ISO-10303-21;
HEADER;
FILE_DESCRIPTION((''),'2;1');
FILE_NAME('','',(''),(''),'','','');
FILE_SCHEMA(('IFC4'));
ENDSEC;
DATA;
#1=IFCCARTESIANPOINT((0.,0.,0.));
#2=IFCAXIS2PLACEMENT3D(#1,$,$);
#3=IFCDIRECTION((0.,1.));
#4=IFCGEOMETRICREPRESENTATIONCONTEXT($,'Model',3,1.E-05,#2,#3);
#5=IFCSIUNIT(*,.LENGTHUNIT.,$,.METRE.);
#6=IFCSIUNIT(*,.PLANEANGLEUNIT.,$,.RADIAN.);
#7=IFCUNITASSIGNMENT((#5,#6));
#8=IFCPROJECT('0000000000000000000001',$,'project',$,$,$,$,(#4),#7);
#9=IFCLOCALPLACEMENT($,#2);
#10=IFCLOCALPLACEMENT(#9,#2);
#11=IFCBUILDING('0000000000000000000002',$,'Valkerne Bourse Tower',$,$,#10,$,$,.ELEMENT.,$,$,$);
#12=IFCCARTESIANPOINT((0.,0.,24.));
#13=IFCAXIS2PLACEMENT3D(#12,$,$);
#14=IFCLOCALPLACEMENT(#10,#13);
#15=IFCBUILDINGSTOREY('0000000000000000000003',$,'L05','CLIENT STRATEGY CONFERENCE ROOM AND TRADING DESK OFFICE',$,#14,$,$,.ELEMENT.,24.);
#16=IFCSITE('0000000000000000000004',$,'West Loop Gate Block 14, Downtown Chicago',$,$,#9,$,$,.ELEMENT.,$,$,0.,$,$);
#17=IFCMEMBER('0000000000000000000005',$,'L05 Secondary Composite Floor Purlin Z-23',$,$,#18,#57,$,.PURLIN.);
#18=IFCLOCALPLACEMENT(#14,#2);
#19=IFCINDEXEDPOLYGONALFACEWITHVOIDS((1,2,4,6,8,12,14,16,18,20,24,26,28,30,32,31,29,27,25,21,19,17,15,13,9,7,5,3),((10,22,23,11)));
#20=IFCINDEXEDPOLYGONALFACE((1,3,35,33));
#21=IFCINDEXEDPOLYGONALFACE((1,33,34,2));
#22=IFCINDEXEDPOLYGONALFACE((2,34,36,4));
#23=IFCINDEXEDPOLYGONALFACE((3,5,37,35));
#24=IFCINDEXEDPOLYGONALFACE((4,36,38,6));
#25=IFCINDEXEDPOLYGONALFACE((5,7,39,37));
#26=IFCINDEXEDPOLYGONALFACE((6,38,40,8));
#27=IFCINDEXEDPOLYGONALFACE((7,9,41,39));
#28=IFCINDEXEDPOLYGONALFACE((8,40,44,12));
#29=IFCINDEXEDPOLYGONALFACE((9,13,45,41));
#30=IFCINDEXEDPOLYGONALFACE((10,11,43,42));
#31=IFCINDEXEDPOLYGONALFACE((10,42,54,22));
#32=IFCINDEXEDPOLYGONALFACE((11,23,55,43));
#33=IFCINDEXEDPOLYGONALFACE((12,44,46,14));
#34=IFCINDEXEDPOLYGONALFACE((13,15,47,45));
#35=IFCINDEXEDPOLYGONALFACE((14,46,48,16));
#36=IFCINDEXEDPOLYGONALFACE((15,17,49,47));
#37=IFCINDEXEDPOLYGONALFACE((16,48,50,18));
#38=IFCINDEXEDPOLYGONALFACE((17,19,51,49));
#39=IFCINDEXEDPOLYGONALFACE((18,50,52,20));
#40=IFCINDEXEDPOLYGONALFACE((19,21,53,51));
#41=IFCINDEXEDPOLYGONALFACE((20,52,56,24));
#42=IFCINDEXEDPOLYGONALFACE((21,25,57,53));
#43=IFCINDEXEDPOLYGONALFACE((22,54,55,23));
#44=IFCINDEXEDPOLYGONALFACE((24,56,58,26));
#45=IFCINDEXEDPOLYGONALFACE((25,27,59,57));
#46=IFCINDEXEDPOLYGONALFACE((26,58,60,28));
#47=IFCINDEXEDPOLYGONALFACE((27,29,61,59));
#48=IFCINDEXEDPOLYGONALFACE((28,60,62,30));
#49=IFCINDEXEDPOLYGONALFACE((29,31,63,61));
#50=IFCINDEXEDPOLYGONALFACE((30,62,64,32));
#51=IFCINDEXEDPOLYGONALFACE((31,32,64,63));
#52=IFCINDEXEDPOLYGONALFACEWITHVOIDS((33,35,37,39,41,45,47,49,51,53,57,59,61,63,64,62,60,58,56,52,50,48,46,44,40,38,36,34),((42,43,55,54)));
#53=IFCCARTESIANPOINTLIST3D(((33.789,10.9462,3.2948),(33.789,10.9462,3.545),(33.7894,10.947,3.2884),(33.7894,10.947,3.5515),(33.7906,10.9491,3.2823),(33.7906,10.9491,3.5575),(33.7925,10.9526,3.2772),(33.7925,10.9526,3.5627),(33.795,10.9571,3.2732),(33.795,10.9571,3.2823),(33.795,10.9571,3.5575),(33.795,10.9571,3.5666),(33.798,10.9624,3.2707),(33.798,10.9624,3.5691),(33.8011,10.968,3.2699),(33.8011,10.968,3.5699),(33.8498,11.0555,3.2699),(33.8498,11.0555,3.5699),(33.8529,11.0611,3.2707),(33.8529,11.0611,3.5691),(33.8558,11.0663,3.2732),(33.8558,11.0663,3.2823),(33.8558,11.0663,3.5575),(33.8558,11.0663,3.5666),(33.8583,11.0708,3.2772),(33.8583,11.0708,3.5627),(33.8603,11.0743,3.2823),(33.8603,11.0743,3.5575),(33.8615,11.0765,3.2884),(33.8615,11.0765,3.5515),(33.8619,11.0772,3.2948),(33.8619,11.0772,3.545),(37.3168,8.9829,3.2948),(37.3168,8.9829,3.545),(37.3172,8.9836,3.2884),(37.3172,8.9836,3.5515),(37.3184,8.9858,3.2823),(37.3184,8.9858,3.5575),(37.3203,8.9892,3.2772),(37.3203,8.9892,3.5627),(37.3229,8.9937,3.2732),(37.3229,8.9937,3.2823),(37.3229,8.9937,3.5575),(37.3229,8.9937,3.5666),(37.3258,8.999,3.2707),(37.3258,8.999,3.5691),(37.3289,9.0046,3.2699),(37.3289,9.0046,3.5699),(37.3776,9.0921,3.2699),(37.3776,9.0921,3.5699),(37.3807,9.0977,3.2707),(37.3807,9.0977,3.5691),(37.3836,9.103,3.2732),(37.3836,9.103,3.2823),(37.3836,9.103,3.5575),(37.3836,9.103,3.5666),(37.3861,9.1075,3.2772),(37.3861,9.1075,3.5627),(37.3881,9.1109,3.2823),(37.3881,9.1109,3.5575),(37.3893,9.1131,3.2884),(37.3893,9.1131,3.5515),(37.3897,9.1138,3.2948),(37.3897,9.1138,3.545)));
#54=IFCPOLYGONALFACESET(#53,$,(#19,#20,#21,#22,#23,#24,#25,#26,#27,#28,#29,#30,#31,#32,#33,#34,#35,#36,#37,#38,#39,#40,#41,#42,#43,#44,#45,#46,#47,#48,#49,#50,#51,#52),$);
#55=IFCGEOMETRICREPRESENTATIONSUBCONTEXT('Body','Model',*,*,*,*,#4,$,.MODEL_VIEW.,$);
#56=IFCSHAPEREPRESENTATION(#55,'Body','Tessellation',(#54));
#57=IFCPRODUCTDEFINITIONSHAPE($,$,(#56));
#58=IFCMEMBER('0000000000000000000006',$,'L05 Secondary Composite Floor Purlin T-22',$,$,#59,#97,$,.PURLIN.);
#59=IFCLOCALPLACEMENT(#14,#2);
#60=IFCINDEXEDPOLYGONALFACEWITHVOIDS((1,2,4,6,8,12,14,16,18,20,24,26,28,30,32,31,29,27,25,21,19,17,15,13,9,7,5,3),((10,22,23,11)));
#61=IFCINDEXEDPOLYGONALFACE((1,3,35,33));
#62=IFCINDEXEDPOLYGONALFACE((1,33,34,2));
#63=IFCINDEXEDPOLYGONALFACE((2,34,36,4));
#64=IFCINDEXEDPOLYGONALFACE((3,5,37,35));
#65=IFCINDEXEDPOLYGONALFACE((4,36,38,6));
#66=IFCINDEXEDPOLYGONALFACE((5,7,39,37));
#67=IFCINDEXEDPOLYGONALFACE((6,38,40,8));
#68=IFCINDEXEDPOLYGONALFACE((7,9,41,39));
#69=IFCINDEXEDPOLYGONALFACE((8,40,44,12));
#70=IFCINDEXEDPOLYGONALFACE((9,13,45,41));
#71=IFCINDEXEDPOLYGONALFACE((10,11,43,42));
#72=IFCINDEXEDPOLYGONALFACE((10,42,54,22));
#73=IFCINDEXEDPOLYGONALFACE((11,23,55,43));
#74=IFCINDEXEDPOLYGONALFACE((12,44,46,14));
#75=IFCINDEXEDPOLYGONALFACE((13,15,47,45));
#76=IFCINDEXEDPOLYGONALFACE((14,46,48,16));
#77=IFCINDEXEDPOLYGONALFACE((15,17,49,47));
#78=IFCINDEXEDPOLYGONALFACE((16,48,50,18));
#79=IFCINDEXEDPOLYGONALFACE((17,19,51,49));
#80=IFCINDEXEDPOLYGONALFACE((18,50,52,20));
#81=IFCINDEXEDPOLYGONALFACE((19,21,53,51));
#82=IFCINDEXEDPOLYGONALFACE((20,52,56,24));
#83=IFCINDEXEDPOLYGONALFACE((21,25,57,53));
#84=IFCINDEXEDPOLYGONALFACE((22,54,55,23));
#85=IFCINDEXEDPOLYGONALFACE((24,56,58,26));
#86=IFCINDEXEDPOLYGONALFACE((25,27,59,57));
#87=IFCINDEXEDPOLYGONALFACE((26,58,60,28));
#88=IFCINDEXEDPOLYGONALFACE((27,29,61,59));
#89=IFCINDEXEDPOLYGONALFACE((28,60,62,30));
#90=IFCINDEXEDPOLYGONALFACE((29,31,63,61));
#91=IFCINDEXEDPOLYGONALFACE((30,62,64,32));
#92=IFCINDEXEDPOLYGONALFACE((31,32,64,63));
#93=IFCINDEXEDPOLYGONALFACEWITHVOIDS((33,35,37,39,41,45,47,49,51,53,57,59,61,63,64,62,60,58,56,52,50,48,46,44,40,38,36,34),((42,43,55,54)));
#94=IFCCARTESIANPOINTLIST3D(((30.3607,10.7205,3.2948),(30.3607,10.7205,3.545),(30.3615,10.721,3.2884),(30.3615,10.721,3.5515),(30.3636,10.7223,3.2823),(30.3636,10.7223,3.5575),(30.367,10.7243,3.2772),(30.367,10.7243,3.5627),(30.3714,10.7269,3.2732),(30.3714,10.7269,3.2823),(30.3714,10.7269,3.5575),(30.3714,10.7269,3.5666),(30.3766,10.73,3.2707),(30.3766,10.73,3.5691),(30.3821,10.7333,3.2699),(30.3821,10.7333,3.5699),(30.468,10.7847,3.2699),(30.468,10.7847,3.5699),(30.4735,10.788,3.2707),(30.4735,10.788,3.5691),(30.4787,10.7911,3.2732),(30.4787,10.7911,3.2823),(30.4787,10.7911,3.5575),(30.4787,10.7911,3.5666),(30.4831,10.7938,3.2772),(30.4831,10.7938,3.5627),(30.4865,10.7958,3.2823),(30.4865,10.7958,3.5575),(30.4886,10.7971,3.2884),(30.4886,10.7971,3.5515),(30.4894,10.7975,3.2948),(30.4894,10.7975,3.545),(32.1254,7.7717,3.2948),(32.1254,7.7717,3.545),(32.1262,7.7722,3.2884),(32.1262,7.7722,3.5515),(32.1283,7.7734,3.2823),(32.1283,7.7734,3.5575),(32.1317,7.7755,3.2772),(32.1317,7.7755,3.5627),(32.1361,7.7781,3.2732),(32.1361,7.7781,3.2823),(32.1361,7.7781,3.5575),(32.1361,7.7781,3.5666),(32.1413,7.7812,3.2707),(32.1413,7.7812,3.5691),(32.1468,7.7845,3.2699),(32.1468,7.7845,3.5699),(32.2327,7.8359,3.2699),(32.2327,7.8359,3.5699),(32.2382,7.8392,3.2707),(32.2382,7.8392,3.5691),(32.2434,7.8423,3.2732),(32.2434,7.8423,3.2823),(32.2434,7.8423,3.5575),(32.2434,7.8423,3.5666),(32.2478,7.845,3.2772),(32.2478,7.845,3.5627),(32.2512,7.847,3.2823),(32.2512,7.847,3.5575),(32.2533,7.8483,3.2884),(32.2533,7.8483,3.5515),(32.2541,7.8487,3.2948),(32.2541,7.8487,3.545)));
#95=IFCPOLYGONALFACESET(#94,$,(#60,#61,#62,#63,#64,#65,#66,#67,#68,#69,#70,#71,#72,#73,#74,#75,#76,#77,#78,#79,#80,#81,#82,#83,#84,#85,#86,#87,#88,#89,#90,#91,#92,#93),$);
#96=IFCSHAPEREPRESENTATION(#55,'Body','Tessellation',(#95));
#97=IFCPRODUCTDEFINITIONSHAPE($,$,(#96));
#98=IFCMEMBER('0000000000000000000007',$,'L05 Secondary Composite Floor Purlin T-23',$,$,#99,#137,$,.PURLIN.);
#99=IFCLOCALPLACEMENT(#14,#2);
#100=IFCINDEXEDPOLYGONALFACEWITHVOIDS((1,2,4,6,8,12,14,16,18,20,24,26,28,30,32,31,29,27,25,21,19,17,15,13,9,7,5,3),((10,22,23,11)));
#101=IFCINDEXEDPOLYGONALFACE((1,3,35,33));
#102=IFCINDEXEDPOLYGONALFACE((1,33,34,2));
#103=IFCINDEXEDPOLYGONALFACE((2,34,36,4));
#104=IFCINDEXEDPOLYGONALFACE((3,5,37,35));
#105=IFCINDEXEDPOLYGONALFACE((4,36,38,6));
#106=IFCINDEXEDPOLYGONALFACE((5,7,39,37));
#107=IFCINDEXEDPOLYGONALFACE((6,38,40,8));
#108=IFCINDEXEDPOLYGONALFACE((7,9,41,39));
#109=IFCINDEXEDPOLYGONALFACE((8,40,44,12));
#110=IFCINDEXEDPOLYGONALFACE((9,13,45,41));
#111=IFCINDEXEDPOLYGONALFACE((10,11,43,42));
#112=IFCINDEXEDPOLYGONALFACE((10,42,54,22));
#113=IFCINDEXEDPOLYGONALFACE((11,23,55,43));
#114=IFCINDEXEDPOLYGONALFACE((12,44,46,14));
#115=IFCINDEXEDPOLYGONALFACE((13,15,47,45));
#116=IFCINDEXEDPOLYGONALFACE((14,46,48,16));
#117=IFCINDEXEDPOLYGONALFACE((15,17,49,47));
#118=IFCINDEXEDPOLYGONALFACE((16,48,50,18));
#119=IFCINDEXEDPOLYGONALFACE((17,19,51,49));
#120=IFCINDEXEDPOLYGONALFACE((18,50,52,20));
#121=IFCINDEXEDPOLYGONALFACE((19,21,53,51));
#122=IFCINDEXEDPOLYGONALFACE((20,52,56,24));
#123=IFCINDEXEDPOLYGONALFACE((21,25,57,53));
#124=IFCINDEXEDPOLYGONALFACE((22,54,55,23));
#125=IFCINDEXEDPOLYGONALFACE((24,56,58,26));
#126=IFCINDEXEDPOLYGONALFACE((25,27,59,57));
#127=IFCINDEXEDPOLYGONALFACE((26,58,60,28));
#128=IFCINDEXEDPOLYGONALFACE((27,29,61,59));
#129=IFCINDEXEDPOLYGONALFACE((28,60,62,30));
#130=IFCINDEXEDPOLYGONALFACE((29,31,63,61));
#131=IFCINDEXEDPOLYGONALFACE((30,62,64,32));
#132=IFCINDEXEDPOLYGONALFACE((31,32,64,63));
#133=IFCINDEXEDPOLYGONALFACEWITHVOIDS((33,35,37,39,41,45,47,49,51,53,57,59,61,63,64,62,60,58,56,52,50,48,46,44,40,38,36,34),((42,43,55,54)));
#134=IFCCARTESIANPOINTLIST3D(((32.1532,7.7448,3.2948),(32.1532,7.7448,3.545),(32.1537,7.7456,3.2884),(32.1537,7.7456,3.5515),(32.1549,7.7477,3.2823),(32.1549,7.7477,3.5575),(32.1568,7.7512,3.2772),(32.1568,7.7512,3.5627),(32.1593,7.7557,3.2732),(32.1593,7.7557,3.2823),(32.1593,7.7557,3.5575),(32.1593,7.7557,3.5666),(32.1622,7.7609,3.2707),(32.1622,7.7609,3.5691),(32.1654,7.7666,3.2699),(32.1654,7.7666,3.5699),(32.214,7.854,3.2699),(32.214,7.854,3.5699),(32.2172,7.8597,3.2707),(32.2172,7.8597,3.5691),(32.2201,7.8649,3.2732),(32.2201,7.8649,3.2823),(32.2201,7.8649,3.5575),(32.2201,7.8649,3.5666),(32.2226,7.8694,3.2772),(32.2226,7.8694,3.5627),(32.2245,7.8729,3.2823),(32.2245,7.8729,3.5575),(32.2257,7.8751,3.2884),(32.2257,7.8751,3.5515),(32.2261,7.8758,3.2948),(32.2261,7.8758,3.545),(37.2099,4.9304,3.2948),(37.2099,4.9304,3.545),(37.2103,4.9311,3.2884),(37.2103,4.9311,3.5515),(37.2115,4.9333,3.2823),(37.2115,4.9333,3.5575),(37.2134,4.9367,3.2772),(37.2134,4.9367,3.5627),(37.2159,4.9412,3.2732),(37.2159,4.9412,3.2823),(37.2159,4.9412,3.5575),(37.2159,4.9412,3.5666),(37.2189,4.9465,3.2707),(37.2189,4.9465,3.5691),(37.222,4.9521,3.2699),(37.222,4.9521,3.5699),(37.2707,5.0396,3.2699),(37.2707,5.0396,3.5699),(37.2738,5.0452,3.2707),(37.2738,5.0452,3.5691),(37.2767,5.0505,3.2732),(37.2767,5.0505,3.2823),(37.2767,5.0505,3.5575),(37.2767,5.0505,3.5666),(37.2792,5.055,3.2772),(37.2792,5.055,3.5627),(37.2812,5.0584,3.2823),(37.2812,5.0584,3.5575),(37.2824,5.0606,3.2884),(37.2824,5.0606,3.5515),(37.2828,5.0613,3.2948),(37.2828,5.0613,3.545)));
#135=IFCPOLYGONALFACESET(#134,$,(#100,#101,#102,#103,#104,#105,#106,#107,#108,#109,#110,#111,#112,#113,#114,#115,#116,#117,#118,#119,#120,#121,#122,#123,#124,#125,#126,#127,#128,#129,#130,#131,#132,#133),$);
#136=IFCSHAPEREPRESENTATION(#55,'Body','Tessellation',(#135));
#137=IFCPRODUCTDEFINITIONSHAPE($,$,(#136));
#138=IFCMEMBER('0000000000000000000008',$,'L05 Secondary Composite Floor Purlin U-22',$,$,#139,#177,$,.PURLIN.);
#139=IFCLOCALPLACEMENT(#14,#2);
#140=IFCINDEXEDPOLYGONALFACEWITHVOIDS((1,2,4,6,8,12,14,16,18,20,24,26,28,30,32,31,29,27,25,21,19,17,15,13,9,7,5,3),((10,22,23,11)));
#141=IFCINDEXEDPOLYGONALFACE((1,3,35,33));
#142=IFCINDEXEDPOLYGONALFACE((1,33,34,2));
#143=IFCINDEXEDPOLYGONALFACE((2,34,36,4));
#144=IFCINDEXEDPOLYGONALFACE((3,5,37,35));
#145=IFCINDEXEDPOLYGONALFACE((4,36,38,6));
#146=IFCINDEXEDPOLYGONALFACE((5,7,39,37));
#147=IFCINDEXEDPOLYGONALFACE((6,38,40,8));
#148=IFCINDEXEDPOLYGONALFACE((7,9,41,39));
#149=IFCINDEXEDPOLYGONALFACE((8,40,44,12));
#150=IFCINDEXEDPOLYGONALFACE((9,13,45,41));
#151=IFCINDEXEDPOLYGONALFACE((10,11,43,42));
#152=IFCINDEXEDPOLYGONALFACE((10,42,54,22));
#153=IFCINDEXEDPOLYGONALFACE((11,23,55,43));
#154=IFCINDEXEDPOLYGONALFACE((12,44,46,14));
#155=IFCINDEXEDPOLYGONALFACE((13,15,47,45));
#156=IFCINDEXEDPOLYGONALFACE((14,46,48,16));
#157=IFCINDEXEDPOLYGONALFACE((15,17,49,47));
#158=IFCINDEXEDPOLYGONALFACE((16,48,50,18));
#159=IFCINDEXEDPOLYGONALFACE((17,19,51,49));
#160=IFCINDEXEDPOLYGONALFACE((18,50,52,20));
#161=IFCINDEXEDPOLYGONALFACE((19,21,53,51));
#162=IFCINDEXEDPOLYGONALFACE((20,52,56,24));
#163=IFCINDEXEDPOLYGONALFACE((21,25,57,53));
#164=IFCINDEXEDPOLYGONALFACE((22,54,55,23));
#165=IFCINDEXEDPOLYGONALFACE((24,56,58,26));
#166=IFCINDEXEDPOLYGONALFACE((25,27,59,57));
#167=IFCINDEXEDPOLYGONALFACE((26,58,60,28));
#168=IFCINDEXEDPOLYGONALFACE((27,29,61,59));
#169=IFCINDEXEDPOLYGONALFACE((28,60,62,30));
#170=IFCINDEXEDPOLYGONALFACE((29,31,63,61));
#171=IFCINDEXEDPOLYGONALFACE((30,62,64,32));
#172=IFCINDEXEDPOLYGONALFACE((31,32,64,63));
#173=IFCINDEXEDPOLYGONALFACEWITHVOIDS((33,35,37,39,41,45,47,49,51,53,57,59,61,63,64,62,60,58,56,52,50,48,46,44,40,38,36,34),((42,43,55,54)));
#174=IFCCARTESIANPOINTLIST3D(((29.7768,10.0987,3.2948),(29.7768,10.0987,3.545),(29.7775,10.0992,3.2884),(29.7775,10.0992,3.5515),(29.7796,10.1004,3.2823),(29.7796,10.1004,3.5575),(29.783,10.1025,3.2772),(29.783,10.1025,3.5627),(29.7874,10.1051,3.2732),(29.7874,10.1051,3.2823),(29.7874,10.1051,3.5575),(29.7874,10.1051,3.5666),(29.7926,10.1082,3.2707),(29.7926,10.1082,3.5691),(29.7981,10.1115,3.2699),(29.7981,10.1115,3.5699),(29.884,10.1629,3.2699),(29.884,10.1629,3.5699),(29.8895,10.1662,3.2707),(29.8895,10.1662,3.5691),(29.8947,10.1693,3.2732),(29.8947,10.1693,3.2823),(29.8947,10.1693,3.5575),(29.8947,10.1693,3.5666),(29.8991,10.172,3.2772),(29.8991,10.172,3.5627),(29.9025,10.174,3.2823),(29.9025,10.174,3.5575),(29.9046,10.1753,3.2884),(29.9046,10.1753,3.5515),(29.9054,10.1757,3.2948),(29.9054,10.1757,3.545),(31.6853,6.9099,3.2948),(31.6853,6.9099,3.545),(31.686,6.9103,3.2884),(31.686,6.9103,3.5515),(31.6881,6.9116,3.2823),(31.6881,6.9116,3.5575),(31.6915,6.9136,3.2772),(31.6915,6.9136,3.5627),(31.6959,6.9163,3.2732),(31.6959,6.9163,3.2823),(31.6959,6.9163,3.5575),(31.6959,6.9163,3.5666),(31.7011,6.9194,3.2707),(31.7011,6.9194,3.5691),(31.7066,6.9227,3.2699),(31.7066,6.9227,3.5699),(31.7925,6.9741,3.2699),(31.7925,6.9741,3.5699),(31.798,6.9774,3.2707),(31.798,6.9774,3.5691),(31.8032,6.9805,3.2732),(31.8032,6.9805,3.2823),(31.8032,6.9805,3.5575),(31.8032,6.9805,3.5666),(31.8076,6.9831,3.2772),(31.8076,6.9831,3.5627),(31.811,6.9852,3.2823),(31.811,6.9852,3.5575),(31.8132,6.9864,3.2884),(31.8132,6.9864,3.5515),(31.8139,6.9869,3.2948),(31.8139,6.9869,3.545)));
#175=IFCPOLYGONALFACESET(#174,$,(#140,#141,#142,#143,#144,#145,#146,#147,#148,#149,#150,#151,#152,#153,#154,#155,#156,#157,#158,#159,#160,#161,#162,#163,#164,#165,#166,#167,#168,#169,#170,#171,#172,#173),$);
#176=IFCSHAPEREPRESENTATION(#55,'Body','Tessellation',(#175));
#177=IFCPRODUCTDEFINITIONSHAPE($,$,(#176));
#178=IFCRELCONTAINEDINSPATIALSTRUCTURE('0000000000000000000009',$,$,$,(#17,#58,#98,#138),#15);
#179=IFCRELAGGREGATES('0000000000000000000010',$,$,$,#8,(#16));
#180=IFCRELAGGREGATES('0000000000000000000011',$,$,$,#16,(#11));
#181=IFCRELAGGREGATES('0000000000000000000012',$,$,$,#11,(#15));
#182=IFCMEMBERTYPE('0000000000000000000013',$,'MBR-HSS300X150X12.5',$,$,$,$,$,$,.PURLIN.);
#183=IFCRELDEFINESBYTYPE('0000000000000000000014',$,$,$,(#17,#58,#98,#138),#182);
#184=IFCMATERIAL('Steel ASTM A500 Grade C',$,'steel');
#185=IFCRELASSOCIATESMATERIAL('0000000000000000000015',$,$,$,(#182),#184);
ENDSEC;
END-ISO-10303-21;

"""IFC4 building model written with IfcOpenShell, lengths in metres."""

from ifc_helpers import new_model, si_unit, direction, frame, origin, origin_2d, place, context, subcontext, project, spatial, hollow_rectangle, extrude, material, material_profile, profile_set, type_object, element, save


model = new_model("IFC4")

# Units and contexts
model_context = context("Model", 3, precision=1e-05, world=origin(), true_north=direction((0.0, 1.0)))
body_context = subcontext(model_context, "Body", "Model", "MODEL_VIEW")
ifc_project = project(units=[si_unit("LENGTHUNIT", "METRE"), si_unit("PLANEANGLEUNIT", "RADIAN")], contexts=[model_context])

# Site, building, storey
site_placement = place(None, origin())
site = spatial("IfcSite", under=ifc_project, at=site_placement, Name="West Loop Gate Block 14, Downtown Chicago", CompositionType="ELEMENT", RefElevation=0.0)
building_placement = place(site_placement, origin())
building = spatial("IfcBuilding", under=site, at=building_placement, Name="Valkerne Bourse Tower", CompositionType="ELEMENT")
storey_placement = place(building_placement, frame((0.0, 0.0, 24.0)))
storey = spatial("IfcBuildingStorey", under=building, at=storey_placement, Name="L05", Description="CLIENT STRATEGY CONFERENCE ROOM AND TRADING DESK OFFICE", CompositionType="ELEMENT", Elevation=24.0)

# Members
ifc_material_1 = material(Name="Steel ASTM A500 Grade C", Category="steel")
ifc_material_profile_1 = material_profile(ifc_material_1, hollow_rectangle(XDim=0.1499, YDim=0.3, WallThickness=0.0125, OuterFilletRadius=0.0249, at=origin_2d()), Name="HSS300X150X12.5")
ifc_profile_set_1 = profile_set([ifc_material_profile_1], Name="Steel ASTM A500 Grade C")
member_type_1 = type_object("IfcMemberType", Name="MBR-HSS300X150X12.5", PredefinedType="PURLIN", material=ifc_profile_set_1)
member_1_placement = place(storey_placement, frame((33.8254, 11.0117, 3.4199), z_axis=(0.873792, -0.4863, 0.0), x_axis=(0.4863, 0.873792, 0.0)))
element("IfcMember", 1, at=member_1_placement, inside=storey, type_object=member_type_1, Name="L05 Secondary Composite Floor Purlin Z-23", PredefinedType="PURLIN", context=body_context, shape_type="SweptSolid", body=[
    extrude(hollow_rectangle(XDim=0.1499, YDim=0.3, WallThickness=0.0125, OuterFilletRadius=0.0249, at=origin_2d()), origin(), (0.0, 0.0, 1.0), 4.0374),
])
member_2_placement = place(storey_placement, frame((30.425, 10.759, 3.4199), z_axis=(0.513513, -0.858082, 0.0), x_axis=(0.858082, 0.513513, 0.0)))
element("IfcMember", 2, at=member_2_placement, inside=storey, type_object=member_type_1, Name="L05 Secondary Composite Floor Purlin T-22", PredefinedType="PURLIN", context=body_context, shape_type="SweptSolid", body=[
    extrude(hollow_rectangle(XDim=0.1499, YDim=0.3, WallThickness=0.0125, OuterFilletRadius=0.0249, at=origin_2d()), origin(), (0.0, 0.0, 1.0), 3.4365),
])
member_3_placement = place(storey_placement, frame((32.1897, 7.8103, 3.4199), z_axis=(0.873775, -0.486331, 0.0), x_axis=(0.486331, 0.873775, 0.0)))
element("IfcMember", 3, at=member_3_placement, inside=storey, type_object=member_type_1, Name="L05 Secondary Composite Floor Purlin T-23", PredefinedType="PURLIN", context=body_context, shape_type="SweptSolid", body=[
    extrude(hollow_rectangle(XDim=0.1499, YDim=0.3, WallThickness=0.0125, OuterFilletRadius=0.0249, at=origin_2d()), origin(), (0.0, 0.0, 1.0), 5.7871),
])
member_4_placement = place(storey_placement, frame((29.8411, 10.1372, 3.4199), z_axis=(0.513549, -0.85806, 0.0), x_axis=(0.85806, 0.513549, 0.0)))
element("IfcMember", 4, at=member_4_placement, inside=storey, type_object=member_type_1, Name="L05 Secondary Composite Floor Purlin U-22", PredefinedType="PURLIN", context=body_context, shape_type="SweptSolid", body=[
    extrude(hollow_rectangle(XDim=0.1499, YDim=0.3, WallThickness=0.0125, OuterFilletRadius=0.0249, at=origin_2d()), origin(), (0.0, 0.0, 1.0), 3.7163),
])

save(model, "model.ifc")
